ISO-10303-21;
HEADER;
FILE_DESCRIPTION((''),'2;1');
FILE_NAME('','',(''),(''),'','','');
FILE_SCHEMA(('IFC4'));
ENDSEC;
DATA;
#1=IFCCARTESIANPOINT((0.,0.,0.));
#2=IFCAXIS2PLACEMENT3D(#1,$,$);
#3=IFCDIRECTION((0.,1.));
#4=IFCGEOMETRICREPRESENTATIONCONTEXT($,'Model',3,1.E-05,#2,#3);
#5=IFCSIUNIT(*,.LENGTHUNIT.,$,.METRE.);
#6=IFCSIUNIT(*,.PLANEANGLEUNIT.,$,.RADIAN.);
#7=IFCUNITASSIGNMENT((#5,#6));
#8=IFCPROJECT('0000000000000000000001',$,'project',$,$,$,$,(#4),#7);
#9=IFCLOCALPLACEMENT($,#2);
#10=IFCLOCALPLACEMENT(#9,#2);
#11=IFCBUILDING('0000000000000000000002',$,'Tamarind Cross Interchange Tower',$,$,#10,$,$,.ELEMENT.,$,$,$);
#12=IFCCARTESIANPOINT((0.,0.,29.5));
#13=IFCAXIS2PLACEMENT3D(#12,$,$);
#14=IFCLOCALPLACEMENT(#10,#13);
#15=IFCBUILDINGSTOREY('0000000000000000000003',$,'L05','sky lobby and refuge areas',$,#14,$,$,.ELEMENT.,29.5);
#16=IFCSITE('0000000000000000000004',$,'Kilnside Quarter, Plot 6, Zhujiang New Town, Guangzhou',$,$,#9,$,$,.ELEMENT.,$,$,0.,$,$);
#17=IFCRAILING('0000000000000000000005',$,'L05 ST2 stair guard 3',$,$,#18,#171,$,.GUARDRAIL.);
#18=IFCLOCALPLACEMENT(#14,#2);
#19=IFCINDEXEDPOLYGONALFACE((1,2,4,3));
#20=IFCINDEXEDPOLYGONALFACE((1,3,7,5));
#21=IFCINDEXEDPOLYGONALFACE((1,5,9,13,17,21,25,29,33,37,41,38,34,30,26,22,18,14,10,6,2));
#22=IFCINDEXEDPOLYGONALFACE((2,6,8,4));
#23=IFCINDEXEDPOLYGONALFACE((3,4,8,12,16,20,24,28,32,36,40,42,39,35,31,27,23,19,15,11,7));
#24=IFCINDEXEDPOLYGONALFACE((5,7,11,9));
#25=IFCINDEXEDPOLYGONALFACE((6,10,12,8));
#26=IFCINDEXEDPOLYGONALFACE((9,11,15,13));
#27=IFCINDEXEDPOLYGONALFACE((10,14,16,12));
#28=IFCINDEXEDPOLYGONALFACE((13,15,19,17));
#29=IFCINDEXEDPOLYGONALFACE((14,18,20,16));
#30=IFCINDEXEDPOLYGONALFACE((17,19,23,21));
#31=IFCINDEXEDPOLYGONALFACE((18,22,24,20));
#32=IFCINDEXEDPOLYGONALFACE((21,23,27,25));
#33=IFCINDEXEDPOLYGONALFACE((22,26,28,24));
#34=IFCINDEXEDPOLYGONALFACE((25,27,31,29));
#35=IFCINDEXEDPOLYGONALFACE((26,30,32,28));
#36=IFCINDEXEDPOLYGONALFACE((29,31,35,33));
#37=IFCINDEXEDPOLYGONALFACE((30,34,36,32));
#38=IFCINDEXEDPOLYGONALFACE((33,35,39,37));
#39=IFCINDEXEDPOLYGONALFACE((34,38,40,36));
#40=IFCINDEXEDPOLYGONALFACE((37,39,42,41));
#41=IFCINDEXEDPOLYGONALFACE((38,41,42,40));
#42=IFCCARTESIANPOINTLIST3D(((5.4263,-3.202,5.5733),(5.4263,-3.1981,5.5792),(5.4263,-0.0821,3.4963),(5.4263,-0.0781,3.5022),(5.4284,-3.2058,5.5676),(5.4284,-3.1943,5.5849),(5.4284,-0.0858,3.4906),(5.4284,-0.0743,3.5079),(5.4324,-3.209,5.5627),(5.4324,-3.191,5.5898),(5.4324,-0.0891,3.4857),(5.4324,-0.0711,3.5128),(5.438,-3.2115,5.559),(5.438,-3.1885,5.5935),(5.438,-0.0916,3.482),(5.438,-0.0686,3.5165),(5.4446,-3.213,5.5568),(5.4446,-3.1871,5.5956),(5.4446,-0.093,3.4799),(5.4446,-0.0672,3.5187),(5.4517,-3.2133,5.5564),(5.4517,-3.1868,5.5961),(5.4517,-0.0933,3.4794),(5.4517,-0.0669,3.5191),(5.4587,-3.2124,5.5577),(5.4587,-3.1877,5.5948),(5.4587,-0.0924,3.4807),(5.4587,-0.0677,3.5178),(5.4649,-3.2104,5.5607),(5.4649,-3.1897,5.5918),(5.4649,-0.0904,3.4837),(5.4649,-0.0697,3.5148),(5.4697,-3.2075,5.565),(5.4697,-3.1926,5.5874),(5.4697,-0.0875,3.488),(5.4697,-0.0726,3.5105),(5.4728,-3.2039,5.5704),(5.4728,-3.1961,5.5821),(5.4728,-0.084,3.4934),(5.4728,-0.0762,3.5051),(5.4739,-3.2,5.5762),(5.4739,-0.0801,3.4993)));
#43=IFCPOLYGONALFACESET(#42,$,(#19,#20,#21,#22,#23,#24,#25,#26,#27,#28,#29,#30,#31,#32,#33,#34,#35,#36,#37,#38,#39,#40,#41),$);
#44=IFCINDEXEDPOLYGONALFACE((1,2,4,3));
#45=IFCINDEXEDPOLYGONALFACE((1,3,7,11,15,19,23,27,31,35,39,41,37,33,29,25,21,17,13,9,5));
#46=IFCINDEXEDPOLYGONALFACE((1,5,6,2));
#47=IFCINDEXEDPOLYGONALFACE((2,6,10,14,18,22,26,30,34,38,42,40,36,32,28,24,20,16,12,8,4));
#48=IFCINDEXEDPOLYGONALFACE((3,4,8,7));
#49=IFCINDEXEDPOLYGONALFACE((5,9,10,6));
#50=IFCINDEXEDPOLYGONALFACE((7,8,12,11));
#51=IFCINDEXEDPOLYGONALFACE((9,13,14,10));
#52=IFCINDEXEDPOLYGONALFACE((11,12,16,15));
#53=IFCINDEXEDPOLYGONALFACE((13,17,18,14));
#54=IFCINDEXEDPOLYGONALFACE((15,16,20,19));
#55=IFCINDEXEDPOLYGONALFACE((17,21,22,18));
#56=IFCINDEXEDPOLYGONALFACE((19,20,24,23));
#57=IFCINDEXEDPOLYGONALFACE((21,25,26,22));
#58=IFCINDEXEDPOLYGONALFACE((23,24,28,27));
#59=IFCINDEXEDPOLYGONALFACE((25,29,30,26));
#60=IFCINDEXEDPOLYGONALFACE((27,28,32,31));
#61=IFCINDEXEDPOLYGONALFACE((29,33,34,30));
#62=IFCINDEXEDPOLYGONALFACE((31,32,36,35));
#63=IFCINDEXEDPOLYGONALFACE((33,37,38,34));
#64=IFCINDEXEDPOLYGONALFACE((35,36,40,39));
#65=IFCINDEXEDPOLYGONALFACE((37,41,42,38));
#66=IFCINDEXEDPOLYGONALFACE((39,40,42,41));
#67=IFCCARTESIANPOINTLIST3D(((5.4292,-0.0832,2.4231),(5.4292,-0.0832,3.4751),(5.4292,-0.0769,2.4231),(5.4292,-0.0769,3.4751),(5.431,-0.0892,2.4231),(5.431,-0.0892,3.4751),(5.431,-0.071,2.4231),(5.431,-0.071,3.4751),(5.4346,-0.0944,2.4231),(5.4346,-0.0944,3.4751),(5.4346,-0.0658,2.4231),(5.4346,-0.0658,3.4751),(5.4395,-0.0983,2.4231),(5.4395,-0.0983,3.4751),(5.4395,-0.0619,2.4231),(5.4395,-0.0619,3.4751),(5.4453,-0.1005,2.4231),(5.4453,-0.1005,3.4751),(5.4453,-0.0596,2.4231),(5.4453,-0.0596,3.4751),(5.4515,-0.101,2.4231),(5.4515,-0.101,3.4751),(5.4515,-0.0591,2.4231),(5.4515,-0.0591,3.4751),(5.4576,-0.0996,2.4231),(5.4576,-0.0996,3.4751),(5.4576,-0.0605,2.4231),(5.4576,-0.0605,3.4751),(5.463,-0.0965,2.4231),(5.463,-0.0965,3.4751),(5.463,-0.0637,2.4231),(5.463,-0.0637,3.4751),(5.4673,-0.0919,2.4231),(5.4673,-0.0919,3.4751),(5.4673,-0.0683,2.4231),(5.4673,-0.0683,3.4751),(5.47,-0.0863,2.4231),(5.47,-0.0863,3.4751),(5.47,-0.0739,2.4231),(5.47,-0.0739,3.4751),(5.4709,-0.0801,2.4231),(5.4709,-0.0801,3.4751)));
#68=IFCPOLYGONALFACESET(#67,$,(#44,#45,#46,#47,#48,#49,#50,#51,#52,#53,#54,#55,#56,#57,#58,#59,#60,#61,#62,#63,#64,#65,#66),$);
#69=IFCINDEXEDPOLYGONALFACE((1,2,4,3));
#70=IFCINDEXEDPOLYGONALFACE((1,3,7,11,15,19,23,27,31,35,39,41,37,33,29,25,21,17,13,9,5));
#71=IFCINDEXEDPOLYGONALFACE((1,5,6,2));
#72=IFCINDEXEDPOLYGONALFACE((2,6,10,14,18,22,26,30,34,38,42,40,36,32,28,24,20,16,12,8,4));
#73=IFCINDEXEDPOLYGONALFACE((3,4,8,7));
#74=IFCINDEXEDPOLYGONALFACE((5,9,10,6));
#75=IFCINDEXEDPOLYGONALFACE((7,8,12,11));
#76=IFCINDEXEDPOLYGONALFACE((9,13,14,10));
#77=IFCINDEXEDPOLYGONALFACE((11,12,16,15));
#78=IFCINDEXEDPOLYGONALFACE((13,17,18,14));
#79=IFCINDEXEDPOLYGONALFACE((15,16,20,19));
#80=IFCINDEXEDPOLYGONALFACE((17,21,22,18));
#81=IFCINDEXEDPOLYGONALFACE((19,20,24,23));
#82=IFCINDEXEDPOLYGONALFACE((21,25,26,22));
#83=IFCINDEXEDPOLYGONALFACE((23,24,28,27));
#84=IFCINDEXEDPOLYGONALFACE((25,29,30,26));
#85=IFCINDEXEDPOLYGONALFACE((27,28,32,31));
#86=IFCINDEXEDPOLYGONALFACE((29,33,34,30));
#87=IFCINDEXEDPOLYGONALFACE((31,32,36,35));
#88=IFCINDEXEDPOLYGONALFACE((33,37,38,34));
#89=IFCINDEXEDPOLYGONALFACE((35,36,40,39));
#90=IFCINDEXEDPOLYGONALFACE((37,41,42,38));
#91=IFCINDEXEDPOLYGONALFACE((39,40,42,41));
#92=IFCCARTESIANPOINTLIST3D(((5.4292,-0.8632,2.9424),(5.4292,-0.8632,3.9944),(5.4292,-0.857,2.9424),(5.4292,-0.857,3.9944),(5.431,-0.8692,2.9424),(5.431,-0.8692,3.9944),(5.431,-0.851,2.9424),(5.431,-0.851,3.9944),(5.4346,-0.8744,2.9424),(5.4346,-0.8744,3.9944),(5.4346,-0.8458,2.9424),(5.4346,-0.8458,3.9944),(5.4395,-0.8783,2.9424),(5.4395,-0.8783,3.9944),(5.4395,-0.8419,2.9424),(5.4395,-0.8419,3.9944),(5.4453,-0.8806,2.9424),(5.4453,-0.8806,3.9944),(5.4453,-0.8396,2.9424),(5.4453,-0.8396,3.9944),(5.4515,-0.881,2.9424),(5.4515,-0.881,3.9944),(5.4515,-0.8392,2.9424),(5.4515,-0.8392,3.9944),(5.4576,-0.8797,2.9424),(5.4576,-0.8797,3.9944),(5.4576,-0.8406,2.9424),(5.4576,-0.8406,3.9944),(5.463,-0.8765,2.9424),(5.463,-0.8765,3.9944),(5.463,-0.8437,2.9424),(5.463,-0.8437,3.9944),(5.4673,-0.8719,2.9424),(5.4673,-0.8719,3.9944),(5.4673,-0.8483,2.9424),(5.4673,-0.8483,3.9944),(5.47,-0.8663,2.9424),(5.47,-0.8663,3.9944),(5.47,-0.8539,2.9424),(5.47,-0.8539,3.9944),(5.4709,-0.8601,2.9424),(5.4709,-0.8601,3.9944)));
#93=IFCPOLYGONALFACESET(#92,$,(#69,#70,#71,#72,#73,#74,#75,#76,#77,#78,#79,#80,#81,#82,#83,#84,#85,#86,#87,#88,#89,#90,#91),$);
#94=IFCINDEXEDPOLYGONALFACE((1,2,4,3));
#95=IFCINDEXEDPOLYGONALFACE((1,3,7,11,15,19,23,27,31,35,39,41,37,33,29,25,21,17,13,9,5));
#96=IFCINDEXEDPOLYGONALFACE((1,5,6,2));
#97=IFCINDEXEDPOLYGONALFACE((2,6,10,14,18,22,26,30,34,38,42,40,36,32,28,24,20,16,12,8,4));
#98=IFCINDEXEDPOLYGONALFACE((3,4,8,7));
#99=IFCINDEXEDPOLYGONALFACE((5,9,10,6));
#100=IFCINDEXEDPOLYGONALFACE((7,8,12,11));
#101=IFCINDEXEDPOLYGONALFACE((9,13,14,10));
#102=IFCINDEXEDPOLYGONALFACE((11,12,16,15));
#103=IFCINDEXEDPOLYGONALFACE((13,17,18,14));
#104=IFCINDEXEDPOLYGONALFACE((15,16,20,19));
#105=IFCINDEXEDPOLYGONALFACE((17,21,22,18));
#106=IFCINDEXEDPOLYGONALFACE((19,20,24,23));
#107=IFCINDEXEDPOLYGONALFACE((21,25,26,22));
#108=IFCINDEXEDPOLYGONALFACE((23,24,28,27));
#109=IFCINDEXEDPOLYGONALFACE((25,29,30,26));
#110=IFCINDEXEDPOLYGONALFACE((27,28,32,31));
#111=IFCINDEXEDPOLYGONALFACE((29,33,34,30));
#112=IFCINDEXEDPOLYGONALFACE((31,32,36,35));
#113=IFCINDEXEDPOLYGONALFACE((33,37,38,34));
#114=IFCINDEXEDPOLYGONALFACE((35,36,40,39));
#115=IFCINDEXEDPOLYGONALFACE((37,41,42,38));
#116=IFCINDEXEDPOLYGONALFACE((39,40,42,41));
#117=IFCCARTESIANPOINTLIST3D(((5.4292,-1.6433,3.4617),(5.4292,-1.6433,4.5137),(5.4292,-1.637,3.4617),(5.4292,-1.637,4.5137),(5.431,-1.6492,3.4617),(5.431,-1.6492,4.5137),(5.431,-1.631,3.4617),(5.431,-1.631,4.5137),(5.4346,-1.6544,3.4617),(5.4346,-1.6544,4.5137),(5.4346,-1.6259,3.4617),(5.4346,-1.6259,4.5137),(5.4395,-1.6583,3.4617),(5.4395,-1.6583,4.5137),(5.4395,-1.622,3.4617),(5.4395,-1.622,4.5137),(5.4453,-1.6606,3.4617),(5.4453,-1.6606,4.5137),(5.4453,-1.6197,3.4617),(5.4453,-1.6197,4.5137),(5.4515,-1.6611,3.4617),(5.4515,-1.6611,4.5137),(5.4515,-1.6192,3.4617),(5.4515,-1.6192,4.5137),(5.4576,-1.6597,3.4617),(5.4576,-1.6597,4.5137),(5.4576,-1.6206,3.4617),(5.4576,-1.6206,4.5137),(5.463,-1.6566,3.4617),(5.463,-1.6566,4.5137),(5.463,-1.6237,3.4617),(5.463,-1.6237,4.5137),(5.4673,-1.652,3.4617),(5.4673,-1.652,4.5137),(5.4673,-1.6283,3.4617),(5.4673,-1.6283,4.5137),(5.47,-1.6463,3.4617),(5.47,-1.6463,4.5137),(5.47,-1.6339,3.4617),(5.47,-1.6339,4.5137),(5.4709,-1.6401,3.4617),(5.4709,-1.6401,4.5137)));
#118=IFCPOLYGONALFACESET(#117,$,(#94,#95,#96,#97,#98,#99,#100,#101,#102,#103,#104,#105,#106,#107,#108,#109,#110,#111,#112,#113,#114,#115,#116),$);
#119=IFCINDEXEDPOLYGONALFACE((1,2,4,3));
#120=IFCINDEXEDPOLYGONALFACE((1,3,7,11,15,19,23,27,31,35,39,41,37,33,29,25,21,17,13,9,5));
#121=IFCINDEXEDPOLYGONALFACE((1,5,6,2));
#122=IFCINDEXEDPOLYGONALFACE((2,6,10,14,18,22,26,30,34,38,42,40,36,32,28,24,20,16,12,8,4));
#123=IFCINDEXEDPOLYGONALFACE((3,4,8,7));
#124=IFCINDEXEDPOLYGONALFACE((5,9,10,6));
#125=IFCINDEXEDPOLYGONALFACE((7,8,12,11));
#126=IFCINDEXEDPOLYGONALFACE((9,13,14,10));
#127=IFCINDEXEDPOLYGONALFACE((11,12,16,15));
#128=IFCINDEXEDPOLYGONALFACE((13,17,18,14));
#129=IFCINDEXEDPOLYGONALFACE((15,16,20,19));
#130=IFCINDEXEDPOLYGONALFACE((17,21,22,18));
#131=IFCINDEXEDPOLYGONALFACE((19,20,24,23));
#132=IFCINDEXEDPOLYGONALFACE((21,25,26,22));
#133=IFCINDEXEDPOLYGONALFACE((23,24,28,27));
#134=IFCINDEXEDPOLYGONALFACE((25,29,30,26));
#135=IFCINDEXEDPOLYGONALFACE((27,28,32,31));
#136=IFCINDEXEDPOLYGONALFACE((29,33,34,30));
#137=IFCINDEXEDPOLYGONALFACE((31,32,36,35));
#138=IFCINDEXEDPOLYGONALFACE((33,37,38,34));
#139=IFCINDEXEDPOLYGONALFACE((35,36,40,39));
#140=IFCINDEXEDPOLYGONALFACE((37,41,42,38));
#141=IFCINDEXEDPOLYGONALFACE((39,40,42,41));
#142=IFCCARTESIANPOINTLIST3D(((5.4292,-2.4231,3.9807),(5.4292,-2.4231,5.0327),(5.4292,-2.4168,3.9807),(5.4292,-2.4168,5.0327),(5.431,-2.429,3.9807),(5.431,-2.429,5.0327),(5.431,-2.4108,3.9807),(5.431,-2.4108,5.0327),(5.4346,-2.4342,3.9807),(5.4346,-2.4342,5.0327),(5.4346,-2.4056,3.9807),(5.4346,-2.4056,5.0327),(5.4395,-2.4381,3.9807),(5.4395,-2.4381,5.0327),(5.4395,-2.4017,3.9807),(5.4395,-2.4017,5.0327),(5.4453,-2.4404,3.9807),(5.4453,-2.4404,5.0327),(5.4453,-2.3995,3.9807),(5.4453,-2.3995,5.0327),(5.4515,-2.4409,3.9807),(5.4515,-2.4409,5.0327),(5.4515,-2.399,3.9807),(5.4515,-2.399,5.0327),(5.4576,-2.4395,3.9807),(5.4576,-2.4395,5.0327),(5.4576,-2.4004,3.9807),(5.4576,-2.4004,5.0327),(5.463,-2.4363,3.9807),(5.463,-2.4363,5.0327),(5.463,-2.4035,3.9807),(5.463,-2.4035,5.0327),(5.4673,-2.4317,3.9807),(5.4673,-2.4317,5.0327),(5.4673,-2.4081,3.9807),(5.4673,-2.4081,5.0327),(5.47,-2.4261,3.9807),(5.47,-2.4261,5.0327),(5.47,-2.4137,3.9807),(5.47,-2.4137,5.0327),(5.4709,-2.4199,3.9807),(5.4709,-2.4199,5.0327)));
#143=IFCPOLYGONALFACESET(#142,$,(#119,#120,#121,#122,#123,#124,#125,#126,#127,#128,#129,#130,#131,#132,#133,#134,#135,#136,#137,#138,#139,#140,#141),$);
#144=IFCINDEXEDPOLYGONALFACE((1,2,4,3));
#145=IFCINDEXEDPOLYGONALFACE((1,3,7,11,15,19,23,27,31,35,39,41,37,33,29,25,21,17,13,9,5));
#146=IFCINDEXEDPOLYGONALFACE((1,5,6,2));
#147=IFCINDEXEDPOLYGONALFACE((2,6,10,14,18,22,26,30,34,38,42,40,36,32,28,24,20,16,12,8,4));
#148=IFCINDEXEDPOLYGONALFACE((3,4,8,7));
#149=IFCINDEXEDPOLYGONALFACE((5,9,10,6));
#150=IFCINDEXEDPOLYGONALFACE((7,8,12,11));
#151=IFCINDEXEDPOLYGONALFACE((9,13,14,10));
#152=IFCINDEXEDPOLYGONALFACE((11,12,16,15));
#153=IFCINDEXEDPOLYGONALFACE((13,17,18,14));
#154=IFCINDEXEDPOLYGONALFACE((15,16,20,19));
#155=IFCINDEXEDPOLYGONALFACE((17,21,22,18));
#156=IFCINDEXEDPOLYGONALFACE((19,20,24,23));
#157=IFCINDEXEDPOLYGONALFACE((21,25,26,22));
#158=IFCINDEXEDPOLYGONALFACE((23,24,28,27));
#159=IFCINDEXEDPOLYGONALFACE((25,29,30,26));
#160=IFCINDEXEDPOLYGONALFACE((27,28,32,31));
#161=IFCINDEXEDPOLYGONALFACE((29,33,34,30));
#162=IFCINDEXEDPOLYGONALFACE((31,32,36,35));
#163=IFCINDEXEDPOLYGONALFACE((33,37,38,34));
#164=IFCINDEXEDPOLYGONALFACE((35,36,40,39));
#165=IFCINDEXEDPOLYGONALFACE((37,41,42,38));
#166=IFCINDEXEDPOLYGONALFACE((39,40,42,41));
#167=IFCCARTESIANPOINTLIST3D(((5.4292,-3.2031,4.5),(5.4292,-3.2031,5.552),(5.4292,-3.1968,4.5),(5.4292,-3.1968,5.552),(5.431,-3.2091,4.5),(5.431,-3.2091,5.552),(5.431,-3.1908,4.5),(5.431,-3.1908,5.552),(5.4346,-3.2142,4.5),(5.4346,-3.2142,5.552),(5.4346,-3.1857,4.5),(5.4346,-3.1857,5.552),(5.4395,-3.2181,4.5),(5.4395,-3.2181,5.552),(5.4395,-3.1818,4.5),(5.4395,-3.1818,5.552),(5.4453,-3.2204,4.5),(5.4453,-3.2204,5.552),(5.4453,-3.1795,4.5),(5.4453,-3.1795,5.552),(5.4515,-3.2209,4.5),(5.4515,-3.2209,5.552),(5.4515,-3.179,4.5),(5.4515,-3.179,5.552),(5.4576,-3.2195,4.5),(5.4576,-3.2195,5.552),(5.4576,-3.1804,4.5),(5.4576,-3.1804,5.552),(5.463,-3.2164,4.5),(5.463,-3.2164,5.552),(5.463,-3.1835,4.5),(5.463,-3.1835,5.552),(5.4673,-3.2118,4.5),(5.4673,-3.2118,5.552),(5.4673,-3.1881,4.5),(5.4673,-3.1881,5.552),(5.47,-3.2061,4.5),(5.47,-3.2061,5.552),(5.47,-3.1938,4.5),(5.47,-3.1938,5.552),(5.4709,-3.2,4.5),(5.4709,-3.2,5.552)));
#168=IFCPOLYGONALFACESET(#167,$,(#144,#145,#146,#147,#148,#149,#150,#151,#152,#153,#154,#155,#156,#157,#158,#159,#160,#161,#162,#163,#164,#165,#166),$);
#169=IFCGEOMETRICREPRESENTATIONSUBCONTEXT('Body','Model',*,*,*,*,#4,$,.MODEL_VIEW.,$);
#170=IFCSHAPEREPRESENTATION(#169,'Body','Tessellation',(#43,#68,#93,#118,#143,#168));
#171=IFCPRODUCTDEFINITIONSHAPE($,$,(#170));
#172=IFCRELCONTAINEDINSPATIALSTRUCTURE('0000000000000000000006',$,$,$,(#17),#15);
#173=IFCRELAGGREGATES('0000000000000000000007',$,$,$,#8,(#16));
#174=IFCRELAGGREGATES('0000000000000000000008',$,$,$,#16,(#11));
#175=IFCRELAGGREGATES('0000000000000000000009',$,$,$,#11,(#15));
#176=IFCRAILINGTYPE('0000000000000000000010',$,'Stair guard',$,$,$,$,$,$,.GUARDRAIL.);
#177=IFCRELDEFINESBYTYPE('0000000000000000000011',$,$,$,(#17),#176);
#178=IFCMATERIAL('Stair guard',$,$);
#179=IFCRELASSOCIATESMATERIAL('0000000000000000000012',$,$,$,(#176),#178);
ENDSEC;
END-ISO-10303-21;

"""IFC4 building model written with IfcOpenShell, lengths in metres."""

from ifc_helpers import new_model, si_unit, direction, frame, origin, origin_2d, place, context, subcontext, project, spatial, circle, extrude, material, type_object, element, save


model = new_model("IFC4")

# Units and contexts
model_context = context("Model", 3, precision=1e-05, world=origin(), true_north=direction((0.0, 1.0)))
body_context = subcontext(model_context, "Body", "Model", "MODEL_VIEW")
ifc_project = project(units=[si_unit("LENGTHUNIT", "METRE"), si_unit("PLANEANGLEUNIT", "RADIAN")], contexts=[model_context])

# Site, building, storey
site_placement = place(None, origin())
site = spatial("IfcSite", under=ifc_project, at=site_placement, Name="Kilnside Quarter, Plot 6, Zhujiang New Town, Guangzhou", CompositionType="ELEMENT", RefElevation=0.0)
building_placement = place(site_placement, origin())
building = spatial("IfcBuilding", under=site, at=building_placement, Name="Tamarind Cross Interchange Tower", CompositionType="ELEMENT")
storey_placement = place(building_placement, frame((0.0, 0.0, 29.5)))
storey = spatial("IfcBuildingStorey", under=building, at=storey_placement, Name="L05", Description="sky lobby and refuge areas", CompositionType="ELEMENT", Elevation=29.5)

# Railing
ifc_material_1 = material(Name="Stair guard")
railing_type_1 = type_object("IfcRailingType", Name="Stair guard", PredefinedType="GUARDRAIL", material=ifc_material_1)
railing_1_placement = place(storey_placement, frame((5.45, -0.0801, 2.4231)))
element("IfcRailing", 1, at=railing_1_placement, inside=storey, type_object=railing_type_1, Name="L05 ST2 stair guard 3", PredefinedType="GUARDRAIL", context=body_context, shape_type="SweptSolid", body=[
    extrude(circle(Radius=0.0239, at=origin_2d()), frame((0.0, 0.0, 1.0762), z_axis=(0.0, -0.832421, 0.554144), x_axis=(1.0, 0.0, 0.0)), (0.0, 0.0, 1.0), 3.748),
    extrude(circle(Radius=0.021, at=origin_2d()), origin(), (0.0, 0.0, 1.0), 1.052),
    extrude(circle(Radius=0.021, at=origin_2d()), frame((0.0, -0.78, 0.5193)), (0.0, 0.0, 1.0), 1.052),
    extrude(circle(Radius=0.021, at=origin_2d()), frame((0.0, -1.5601, 1.0386)), (0.0, 0.0, 1.0), 1.052),
    extrude(circle(Radius=0.021, at=origin_2d()), frame((0.0, -2.3398, 1.5576)), (0.0, 0.0, 1.0), 1.052),
    extrude(circle(Radius=0.021, at=origin_2d()), frame((0.0, -3.1199, 2.0769)), (0.0, 0.0, 1.0), 1.052),
])

save(model, "model.ifc")
